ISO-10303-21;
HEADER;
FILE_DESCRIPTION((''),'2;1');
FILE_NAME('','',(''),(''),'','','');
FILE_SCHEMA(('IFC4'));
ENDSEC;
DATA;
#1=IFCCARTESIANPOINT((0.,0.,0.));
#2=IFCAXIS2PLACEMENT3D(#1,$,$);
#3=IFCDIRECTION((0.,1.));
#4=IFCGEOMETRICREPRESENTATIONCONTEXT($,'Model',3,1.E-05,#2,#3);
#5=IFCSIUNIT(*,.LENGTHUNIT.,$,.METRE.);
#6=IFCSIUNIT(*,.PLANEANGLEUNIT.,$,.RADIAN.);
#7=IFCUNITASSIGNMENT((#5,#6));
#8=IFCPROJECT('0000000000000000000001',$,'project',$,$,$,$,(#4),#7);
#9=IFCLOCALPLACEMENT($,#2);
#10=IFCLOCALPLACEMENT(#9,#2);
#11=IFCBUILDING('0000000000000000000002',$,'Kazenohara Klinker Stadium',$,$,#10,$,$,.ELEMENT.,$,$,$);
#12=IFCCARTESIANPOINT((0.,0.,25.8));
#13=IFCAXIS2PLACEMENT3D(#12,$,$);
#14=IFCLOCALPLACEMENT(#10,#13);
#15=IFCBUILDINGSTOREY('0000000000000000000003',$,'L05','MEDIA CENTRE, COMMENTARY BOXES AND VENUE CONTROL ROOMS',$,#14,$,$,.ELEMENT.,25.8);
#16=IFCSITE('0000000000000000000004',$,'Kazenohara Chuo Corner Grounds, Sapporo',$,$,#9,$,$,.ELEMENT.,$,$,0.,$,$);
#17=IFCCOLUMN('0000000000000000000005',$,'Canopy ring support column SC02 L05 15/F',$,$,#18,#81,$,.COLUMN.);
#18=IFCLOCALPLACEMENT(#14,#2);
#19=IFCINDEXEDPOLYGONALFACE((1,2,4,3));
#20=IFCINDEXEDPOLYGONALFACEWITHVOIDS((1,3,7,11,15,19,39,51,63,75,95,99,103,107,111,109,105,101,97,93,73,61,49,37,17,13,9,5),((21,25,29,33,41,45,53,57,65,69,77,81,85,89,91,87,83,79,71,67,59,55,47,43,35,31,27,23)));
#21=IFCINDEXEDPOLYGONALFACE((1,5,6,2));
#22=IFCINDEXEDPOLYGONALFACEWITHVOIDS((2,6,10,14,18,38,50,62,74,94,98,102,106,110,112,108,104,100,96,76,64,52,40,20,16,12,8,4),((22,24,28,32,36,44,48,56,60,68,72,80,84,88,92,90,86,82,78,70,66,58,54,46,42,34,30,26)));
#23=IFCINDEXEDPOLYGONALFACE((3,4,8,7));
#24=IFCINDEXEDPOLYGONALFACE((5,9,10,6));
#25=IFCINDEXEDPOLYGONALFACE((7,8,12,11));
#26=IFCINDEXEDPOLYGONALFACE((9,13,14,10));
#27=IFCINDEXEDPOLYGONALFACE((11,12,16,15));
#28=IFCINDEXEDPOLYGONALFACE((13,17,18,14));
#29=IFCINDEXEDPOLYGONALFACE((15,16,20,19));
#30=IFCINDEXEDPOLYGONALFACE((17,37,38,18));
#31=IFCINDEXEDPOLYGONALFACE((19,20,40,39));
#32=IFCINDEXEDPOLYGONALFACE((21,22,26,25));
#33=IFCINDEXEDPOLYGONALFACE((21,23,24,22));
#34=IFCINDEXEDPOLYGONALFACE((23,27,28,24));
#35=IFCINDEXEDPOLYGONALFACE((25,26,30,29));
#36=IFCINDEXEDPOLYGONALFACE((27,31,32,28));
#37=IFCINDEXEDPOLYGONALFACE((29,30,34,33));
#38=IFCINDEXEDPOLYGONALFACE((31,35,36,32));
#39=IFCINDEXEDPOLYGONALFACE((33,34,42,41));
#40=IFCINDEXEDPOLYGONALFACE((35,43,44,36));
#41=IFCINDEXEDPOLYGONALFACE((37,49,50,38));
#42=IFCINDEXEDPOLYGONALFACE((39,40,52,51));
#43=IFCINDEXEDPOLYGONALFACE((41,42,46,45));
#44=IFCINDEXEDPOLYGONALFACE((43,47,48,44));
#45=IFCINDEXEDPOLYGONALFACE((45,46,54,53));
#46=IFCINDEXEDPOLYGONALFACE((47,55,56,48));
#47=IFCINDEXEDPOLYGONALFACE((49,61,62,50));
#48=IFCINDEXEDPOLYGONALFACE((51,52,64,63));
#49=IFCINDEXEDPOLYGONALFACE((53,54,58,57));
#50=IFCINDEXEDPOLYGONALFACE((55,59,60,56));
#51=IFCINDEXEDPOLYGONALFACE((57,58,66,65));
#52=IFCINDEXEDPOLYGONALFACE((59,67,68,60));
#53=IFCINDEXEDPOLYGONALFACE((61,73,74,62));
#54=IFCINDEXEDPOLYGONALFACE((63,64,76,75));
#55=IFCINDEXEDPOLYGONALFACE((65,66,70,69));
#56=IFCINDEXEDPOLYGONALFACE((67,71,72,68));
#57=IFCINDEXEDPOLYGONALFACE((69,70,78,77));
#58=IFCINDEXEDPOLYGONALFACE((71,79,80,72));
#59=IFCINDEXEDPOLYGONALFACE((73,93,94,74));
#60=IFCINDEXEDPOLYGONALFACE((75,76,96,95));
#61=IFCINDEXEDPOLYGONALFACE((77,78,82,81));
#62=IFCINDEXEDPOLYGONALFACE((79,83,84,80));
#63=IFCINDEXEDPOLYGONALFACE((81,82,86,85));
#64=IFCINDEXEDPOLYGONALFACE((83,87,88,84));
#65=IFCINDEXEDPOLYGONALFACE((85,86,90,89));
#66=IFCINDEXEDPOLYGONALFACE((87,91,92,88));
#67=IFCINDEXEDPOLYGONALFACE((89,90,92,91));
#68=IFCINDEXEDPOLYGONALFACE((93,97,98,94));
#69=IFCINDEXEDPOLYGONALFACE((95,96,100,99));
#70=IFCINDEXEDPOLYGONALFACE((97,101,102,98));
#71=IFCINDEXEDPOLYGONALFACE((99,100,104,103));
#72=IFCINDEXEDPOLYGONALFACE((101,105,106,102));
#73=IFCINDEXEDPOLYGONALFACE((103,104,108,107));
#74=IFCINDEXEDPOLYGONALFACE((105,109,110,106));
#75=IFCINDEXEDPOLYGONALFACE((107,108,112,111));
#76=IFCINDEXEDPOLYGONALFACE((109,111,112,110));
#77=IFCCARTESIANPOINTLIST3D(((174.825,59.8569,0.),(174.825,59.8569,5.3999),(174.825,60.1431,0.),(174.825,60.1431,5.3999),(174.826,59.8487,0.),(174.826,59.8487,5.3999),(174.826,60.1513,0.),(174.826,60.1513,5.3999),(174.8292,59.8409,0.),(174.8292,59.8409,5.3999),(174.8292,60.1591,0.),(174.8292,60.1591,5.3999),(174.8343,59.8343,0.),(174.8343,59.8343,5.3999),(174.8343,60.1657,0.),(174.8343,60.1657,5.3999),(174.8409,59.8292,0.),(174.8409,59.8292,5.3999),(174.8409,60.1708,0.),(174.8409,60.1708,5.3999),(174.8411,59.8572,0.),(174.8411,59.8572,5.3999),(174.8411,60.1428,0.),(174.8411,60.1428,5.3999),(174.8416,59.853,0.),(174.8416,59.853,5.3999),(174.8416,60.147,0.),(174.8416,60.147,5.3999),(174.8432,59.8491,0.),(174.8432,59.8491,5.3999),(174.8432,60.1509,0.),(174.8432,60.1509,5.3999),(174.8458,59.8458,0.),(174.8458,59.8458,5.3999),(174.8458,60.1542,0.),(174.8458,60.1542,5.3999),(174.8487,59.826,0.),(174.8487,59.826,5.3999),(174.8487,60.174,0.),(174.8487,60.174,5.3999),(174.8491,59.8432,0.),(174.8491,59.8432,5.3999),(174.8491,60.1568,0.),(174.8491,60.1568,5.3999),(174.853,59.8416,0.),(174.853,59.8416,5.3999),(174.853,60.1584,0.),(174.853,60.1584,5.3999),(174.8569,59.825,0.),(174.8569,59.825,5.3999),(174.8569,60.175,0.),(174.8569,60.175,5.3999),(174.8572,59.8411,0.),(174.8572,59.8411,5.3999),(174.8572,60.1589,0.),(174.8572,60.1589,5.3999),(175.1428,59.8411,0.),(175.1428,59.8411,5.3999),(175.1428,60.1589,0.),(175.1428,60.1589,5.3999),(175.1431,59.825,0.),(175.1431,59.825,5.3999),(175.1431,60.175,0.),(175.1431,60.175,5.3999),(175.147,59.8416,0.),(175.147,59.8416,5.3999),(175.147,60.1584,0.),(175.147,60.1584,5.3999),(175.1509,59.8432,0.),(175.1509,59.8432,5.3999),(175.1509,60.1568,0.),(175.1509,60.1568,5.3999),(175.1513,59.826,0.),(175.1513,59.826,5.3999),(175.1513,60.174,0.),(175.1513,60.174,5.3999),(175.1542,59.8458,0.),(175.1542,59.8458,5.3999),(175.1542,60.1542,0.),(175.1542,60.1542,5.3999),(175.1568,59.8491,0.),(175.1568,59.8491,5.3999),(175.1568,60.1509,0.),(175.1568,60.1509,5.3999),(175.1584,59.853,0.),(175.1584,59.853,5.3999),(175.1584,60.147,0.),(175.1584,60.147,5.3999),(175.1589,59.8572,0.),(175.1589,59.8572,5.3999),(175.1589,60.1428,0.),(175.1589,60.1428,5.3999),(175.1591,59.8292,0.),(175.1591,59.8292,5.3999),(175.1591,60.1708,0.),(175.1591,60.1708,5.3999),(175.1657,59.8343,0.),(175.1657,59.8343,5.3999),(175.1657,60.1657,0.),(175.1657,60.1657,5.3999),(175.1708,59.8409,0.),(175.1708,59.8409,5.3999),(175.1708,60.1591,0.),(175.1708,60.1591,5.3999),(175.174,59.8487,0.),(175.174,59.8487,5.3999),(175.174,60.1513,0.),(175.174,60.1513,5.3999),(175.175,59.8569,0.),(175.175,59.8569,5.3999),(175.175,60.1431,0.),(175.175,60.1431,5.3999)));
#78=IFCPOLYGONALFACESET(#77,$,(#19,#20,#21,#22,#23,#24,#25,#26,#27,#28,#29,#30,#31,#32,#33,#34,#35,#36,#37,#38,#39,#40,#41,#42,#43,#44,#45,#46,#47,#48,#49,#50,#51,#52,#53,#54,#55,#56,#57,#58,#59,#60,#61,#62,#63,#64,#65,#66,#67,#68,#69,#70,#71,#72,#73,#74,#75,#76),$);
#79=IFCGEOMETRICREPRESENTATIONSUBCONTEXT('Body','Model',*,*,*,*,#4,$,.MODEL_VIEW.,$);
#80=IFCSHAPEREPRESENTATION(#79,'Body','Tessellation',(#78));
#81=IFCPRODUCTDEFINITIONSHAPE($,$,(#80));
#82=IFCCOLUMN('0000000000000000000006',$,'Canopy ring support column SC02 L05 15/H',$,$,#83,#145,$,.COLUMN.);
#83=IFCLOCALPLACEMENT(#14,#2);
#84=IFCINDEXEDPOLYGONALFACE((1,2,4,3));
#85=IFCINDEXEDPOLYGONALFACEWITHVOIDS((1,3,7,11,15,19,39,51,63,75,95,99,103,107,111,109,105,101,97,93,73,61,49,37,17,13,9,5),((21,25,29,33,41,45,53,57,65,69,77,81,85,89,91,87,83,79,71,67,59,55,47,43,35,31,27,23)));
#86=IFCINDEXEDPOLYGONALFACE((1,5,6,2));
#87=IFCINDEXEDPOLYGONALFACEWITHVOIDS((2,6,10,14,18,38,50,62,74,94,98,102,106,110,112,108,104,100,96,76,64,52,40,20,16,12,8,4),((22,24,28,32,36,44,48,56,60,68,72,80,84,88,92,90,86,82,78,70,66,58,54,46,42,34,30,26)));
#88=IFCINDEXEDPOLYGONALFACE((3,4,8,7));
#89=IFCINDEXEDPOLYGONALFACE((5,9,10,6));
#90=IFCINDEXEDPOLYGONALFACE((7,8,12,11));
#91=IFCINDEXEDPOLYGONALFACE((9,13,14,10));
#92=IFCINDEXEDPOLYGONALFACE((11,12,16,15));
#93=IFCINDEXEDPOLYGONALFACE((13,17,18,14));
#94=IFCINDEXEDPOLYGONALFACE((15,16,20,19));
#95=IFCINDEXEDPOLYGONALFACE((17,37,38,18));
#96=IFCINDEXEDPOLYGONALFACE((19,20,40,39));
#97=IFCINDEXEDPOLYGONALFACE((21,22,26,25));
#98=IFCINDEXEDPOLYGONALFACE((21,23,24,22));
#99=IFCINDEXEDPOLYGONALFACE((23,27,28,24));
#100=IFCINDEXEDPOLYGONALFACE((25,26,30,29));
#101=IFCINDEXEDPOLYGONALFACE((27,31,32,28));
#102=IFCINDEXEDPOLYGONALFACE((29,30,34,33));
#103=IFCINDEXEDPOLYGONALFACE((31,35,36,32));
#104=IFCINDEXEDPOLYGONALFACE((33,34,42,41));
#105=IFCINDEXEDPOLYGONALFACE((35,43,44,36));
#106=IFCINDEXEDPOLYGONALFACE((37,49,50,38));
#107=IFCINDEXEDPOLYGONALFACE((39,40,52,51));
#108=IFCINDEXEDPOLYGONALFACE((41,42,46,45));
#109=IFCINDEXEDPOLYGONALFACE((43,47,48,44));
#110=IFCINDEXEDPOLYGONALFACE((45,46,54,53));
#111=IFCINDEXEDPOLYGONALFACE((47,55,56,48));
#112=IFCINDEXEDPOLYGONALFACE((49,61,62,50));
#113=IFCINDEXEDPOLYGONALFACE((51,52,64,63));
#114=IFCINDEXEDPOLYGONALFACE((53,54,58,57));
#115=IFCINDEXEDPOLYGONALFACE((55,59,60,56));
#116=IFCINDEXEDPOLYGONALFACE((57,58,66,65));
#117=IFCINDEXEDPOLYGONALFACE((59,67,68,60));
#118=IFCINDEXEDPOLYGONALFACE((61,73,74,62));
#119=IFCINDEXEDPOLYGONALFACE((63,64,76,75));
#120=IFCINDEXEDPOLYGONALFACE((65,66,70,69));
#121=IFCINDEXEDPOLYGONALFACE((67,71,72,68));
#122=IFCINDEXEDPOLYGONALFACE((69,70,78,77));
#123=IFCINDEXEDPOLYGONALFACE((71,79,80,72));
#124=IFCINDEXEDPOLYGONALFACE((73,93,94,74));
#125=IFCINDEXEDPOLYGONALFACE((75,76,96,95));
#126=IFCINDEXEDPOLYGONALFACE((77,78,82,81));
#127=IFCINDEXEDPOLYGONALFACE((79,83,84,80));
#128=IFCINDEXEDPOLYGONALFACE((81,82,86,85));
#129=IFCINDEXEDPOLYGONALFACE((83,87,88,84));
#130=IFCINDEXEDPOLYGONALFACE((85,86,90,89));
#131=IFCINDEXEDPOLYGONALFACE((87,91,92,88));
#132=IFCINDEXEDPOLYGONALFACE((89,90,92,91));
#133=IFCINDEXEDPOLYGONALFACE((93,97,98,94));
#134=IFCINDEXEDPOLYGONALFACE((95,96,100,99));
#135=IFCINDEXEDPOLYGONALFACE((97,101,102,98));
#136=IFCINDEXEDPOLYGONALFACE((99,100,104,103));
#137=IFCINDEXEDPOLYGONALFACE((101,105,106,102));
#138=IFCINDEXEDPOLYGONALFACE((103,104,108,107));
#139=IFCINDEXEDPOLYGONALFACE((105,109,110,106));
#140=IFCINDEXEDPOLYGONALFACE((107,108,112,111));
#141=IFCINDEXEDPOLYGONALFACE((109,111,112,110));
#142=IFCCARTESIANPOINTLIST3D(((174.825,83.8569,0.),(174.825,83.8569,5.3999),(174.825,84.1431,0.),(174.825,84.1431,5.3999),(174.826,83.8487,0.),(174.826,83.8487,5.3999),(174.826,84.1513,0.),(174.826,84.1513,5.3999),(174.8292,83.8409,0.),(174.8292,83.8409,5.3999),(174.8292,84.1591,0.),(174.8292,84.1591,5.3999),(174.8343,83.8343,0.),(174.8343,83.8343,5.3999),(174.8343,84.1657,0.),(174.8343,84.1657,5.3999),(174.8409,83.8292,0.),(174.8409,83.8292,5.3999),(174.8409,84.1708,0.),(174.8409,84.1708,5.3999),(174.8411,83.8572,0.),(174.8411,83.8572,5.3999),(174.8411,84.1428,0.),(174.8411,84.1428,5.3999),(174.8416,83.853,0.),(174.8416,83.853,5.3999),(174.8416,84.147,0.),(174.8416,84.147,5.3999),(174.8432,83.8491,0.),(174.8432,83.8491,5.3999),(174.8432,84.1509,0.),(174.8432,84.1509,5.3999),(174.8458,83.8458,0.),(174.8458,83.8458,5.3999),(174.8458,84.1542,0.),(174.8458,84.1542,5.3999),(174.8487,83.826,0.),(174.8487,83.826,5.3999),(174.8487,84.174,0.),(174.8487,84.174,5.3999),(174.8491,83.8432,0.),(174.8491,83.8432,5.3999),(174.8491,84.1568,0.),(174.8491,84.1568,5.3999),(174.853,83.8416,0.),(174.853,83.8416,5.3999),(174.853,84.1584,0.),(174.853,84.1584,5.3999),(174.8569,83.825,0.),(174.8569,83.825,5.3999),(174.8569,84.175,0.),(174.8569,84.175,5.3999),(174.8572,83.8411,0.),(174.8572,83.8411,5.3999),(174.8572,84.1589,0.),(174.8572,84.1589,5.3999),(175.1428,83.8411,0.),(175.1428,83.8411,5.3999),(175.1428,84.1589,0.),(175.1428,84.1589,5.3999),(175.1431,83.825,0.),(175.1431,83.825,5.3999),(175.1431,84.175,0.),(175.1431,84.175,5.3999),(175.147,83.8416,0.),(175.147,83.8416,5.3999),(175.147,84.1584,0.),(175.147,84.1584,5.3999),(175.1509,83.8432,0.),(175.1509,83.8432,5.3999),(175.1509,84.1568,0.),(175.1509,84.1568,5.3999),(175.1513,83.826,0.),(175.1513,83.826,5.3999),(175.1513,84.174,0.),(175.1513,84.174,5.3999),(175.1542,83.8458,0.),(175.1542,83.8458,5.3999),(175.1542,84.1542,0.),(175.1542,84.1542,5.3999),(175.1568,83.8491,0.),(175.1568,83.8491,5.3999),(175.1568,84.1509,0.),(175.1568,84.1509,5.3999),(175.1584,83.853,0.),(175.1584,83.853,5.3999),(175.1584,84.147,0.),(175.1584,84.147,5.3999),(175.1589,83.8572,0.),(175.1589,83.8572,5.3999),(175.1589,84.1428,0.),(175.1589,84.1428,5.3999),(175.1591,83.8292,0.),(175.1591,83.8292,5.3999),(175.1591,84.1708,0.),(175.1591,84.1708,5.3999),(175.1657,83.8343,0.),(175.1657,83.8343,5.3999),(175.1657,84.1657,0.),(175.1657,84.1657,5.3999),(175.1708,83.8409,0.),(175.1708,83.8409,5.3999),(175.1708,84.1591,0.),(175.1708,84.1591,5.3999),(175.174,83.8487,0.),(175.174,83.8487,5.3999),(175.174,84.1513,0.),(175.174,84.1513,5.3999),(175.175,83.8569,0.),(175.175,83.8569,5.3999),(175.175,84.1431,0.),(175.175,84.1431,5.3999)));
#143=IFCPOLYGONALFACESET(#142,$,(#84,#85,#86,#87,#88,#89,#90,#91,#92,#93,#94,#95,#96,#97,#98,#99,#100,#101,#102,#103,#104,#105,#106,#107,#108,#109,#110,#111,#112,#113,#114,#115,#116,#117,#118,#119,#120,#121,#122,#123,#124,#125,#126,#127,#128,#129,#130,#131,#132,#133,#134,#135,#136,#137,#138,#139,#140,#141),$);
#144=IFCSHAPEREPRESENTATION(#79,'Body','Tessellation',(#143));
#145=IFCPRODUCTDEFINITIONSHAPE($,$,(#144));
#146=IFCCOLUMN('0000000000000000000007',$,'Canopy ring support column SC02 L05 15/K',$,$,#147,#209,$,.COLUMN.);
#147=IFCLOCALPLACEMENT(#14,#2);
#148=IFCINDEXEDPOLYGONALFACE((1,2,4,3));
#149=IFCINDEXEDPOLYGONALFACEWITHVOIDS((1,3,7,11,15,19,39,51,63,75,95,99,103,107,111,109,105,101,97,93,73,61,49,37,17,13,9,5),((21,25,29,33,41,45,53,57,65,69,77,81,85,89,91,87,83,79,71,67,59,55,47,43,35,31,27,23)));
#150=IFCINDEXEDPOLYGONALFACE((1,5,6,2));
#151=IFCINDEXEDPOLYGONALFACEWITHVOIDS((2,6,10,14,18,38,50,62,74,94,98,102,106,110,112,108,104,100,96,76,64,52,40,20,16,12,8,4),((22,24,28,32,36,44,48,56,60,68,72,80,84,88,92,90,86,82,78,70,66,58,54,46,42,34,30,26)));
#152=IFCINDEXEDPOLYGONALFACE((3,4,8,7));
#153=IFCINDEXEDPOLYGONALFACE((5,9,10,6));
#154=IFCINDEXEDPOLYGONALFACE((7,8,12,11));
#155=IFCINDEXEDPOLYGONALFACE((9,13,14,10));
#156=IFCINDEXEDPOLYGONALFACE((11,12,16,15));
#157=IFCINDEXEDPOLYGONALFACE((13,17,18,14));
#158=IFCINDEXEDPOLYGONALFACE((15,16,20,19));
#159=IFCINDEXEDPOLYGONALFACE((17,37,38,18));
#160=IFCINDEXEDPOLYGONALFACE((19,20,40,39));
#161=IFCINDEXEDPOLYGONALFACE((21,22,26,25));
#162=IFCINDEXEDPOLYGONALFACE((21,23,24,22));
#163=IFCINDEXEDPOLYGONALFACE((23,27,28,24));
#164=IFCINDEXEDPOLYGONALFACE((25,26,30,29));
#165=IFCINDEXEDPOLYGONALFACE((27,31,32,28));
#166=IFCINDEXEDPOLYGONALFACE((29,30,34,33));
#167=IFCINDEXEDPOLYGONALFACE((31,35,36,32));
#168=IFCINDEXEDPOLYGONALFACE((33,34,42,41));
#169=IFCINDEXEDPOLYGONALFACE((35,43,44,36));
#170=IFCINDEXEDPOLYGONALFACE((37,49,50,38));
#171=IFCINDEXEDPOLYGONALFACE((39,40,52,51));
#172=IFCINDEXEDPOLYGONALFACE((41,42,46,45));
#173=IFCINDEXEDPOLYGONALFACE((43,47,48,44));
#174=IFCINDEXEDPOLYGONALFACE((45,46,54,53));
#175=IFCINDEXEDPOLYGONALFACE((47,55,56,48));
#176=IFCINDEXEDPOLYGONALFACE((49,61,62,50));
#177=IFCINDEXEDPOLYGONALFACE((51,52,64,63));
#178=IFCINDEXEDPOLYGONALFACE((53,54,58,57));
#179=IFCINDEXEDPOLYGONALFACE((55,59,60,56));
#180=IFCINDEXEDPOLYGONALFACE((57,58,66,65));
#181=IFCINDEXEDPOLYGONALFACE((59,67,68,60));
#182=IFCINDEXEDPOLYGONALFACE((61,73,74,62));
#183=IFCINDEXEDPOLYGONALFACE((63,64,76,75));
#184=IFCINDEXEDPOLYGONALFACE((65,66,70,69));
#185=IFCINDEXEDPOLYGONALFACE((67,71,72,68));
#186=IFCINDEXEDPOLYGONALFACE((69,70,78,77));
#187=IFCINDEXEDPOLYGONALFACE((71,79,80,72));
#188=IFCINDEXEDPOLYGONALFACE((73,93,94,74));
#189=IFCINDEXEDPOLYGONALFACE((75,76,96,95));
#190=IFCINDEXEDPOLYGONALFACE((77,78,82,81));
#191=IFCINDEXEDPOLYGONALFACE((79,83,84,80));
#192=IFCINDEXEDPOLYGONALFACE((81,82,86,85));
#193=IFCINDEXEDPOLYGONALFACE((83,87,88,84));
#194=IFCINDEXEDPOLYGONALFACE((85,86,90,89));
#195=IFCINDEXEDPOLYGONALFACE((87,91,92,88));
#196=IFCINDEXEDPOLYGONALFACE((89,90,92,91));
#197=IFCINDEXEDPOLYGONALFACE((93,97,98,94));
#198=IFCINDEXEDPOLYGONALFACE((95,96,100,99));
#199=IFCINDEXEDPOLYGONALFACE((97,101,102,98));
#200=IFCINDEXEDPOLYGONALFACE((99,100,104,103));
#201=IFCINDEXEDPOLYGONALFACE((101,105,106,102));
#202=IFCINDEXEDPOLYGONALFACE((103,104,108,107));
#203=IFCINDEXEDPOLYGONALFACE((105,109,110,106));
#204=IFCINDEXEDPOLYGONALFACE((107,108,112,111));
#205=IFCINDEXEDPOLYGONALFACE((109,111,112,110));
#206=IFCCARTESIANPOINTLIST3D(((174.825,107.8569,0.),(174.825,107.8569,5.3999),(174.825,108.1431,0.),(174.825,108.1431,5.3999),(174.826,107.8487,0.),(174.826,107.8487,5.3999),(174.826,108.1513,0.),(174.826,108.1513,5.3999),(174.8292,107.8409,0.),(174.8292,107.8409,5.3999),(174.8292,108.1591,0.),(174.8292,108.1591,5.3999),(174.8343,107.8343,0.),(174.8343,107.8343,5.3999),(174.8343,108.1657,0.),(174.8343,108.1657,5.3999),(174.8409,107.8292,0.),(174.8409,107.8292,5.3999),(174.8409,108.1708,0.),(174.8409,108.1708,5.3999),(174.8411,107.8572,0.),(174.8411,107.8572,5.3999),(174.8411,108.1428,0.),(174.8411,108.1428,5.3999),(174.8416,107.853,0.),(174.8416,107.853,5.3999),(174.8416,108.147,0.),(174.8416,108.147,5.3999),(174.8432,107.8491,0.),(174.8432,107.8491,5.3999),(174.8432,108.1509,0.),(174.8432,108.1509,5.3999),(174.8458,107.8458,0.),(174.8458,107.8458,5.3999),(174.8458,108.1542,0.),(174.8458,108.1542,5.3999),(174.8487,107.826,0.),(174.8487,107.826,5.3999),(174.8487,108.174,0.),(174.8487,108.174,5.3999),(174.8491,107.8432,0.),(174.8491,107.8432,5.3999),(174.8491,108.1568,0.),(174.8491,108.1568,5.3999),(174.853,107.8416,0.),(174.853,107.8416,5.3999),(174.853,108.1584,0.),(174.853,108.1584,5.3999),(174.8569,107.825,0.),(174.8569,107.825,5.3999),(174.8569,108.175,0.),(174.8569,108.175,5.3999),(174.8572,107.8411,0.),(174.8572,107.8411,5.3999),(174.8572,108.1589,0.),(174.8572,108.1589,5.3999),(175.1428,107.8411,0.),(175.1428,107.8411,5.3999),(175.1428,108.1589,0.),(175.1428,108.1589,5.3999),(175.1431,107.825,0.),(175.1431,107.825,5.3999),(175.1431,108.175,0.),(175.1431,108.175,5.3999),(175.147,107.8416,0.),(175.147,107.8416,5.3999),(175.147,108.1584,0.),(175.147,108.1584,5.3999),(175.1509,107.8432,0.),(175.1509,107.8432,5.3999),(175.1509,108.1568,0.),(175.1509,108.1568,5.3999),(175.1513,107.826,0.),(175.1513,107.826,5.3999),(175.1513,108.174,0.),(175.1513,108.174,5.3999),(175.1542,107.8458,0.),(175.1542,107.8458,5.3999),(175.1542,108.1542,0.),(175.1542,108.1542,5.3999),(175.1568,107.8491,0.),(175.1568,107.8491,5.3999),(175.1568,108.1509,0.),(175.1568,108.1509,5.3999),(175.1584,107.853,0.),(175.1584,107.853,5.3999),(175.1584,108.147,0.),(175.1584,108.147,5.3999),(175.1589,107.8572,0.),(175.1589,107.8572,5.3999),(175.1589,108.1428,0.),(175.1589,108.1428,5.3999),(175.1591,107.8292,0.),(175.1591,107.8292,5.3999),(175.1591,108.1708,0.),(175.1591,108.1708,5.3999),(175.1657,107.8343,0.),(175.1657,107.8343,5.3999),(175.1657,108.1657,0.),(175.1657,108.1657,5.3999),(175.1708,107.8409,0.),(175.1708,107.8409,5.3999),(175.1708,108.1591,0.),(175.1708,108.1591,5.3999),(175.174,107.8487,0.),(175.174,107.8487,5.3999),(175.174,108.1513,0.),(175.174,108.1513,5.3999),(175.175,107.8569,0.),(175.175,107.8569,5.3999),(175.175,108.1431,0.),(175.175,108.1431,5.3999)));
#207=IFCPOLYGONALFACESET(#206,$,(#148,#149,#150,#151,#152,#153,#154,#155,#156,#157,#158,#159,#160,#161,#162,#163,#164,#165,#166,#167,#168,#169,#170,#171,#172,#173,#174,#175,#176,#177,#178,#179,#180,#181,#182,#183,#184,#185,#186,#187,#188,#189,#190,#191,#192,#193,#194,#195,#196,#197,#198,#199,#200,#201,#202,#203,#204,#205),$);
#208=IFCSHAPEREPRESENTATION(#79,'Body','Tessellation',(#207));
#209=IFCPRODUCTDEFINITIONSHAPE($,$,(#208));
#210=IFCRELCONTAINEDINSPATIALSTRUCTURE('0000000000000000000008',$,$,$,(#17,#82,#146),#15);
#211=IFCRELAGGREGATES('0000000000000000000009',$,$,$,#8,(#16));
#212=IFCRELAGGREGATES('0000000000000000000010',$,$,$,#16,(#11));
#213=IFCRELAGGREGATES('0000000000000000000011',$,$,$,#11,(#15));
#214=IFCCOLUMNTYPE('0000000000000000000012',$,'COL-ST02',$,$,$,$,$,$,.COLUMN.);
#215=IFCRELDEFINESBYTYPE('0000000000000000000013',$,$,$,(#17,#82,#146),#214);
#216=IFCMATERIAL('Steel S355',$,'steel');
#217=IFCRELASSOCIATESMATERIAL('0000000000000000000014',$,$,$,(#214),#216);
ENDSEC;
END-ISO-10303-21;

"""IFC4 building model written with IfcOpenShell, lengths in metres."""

from ifc_helpers import new_model, si_unit, direction, frame, origin, origin_2d, place, context, subcontext, project, spatial, hollow_rectangle, extrude, material, material_profile, profile_set, type_object, element, save


model = new_model("IFC4")

# Units and contexts
model_context = context("Model", 3, precision=1e-05, world=origin(), true_north=direction((0.0, 1.0)))
body_context = subcontext(model_context, "Body", "Model", "MODEL_VIEW")
ifc_project = project(units=[si_unit("LENGTHUNIT", "METRE"), si_unit("PLANEANGLEUNIT", "RADIAN")], contexts=[model_context])

# Site, building, storey
site_placement = place(None, origin())
site = spatial("IfcSite", under=ifc_project, at=site_placement, Name="Kazenohara Chuo Corner Grounds, Sapporo", CompositionType="ELEMENT", RefElevation=0.0)
building_placement = place(site_placement, origin())
building = spatial("IfcBuilding", under=site, at=building_placement, Name="Kazenohara Klinker Stadium", CompositionType="ELEMENT")
storey_placement = place(building_placement, frame((0.0, 0.0, 25.8)))
storey = spatial("IfcBuildingStorey", under=building, at=storey_placement, Name="L05", Description="MEDIA CENTRE, COMMENTARY BOXES AND VENUE CONTROL ROOMS", CompositionType="ELEMENT", Elevation=25.8)

# Columns
ifc_material_1 = material(Name="Steel S355", Category="steel")
ifc_material_profile_1 = material_profile(ifc_material_1, hollow_rectangle(XDim=0.3501, YDim=0.3501, WallThickness=0.0161, InnerFilletRadius=0.0161, OuterFilletRadius=0.032, at=origin_2d()), Name="SHS-350x350x16")
ifc_profile_set_1 = profile_set([ifc_material_profile_1], Name="Steel S355")
column_type_1 = type_object("IfcColumnType", Name="COL-ST02", PredefinedType="COLUMN", material=ifc_profile_set_1)
for number, where, z_axis, x_axis, name in (
    (1, (175.0, 60.0, 0.0), (0.0, 0.0, 1.0), (1.0, 0.0, 0.0), "Canopy ring support column SC02 L05 15/F"),
    (2, (175.0, 84.0, 0.0), (0.0, 0.0, 1.0), (1.0, 0.0, 0.0), "Canopy ring support column SC02 L05 15/H"),
    (3, (175.0, 108.0, 0.0), (0.0, 0.0, 1.0), (1.0, 0.0, 0.0), "Canopy ring support column SC02 L05 15/K"),
):
    element("IfcColumn", number, at=place(storey_placement, frame(where, z_axis=z_axis, x_axis=x_axis)), inside=storey, type_object=column_type_1, Name=name, PredefinedType="COLUMN", context=body_context, shape_type="SweptSolid", body=[
        extrude(hollow_rectangle(XDim=0.3501, YDim=0.3501, WallThickness=0.0161, InnerFilletRadius=0.0161, OuterFilletRadius=0.032, at=origin_2d()), origin(), (0.0, 0.0, 1.0), 5.3999),
    ])

save(model, "model.ifc")
